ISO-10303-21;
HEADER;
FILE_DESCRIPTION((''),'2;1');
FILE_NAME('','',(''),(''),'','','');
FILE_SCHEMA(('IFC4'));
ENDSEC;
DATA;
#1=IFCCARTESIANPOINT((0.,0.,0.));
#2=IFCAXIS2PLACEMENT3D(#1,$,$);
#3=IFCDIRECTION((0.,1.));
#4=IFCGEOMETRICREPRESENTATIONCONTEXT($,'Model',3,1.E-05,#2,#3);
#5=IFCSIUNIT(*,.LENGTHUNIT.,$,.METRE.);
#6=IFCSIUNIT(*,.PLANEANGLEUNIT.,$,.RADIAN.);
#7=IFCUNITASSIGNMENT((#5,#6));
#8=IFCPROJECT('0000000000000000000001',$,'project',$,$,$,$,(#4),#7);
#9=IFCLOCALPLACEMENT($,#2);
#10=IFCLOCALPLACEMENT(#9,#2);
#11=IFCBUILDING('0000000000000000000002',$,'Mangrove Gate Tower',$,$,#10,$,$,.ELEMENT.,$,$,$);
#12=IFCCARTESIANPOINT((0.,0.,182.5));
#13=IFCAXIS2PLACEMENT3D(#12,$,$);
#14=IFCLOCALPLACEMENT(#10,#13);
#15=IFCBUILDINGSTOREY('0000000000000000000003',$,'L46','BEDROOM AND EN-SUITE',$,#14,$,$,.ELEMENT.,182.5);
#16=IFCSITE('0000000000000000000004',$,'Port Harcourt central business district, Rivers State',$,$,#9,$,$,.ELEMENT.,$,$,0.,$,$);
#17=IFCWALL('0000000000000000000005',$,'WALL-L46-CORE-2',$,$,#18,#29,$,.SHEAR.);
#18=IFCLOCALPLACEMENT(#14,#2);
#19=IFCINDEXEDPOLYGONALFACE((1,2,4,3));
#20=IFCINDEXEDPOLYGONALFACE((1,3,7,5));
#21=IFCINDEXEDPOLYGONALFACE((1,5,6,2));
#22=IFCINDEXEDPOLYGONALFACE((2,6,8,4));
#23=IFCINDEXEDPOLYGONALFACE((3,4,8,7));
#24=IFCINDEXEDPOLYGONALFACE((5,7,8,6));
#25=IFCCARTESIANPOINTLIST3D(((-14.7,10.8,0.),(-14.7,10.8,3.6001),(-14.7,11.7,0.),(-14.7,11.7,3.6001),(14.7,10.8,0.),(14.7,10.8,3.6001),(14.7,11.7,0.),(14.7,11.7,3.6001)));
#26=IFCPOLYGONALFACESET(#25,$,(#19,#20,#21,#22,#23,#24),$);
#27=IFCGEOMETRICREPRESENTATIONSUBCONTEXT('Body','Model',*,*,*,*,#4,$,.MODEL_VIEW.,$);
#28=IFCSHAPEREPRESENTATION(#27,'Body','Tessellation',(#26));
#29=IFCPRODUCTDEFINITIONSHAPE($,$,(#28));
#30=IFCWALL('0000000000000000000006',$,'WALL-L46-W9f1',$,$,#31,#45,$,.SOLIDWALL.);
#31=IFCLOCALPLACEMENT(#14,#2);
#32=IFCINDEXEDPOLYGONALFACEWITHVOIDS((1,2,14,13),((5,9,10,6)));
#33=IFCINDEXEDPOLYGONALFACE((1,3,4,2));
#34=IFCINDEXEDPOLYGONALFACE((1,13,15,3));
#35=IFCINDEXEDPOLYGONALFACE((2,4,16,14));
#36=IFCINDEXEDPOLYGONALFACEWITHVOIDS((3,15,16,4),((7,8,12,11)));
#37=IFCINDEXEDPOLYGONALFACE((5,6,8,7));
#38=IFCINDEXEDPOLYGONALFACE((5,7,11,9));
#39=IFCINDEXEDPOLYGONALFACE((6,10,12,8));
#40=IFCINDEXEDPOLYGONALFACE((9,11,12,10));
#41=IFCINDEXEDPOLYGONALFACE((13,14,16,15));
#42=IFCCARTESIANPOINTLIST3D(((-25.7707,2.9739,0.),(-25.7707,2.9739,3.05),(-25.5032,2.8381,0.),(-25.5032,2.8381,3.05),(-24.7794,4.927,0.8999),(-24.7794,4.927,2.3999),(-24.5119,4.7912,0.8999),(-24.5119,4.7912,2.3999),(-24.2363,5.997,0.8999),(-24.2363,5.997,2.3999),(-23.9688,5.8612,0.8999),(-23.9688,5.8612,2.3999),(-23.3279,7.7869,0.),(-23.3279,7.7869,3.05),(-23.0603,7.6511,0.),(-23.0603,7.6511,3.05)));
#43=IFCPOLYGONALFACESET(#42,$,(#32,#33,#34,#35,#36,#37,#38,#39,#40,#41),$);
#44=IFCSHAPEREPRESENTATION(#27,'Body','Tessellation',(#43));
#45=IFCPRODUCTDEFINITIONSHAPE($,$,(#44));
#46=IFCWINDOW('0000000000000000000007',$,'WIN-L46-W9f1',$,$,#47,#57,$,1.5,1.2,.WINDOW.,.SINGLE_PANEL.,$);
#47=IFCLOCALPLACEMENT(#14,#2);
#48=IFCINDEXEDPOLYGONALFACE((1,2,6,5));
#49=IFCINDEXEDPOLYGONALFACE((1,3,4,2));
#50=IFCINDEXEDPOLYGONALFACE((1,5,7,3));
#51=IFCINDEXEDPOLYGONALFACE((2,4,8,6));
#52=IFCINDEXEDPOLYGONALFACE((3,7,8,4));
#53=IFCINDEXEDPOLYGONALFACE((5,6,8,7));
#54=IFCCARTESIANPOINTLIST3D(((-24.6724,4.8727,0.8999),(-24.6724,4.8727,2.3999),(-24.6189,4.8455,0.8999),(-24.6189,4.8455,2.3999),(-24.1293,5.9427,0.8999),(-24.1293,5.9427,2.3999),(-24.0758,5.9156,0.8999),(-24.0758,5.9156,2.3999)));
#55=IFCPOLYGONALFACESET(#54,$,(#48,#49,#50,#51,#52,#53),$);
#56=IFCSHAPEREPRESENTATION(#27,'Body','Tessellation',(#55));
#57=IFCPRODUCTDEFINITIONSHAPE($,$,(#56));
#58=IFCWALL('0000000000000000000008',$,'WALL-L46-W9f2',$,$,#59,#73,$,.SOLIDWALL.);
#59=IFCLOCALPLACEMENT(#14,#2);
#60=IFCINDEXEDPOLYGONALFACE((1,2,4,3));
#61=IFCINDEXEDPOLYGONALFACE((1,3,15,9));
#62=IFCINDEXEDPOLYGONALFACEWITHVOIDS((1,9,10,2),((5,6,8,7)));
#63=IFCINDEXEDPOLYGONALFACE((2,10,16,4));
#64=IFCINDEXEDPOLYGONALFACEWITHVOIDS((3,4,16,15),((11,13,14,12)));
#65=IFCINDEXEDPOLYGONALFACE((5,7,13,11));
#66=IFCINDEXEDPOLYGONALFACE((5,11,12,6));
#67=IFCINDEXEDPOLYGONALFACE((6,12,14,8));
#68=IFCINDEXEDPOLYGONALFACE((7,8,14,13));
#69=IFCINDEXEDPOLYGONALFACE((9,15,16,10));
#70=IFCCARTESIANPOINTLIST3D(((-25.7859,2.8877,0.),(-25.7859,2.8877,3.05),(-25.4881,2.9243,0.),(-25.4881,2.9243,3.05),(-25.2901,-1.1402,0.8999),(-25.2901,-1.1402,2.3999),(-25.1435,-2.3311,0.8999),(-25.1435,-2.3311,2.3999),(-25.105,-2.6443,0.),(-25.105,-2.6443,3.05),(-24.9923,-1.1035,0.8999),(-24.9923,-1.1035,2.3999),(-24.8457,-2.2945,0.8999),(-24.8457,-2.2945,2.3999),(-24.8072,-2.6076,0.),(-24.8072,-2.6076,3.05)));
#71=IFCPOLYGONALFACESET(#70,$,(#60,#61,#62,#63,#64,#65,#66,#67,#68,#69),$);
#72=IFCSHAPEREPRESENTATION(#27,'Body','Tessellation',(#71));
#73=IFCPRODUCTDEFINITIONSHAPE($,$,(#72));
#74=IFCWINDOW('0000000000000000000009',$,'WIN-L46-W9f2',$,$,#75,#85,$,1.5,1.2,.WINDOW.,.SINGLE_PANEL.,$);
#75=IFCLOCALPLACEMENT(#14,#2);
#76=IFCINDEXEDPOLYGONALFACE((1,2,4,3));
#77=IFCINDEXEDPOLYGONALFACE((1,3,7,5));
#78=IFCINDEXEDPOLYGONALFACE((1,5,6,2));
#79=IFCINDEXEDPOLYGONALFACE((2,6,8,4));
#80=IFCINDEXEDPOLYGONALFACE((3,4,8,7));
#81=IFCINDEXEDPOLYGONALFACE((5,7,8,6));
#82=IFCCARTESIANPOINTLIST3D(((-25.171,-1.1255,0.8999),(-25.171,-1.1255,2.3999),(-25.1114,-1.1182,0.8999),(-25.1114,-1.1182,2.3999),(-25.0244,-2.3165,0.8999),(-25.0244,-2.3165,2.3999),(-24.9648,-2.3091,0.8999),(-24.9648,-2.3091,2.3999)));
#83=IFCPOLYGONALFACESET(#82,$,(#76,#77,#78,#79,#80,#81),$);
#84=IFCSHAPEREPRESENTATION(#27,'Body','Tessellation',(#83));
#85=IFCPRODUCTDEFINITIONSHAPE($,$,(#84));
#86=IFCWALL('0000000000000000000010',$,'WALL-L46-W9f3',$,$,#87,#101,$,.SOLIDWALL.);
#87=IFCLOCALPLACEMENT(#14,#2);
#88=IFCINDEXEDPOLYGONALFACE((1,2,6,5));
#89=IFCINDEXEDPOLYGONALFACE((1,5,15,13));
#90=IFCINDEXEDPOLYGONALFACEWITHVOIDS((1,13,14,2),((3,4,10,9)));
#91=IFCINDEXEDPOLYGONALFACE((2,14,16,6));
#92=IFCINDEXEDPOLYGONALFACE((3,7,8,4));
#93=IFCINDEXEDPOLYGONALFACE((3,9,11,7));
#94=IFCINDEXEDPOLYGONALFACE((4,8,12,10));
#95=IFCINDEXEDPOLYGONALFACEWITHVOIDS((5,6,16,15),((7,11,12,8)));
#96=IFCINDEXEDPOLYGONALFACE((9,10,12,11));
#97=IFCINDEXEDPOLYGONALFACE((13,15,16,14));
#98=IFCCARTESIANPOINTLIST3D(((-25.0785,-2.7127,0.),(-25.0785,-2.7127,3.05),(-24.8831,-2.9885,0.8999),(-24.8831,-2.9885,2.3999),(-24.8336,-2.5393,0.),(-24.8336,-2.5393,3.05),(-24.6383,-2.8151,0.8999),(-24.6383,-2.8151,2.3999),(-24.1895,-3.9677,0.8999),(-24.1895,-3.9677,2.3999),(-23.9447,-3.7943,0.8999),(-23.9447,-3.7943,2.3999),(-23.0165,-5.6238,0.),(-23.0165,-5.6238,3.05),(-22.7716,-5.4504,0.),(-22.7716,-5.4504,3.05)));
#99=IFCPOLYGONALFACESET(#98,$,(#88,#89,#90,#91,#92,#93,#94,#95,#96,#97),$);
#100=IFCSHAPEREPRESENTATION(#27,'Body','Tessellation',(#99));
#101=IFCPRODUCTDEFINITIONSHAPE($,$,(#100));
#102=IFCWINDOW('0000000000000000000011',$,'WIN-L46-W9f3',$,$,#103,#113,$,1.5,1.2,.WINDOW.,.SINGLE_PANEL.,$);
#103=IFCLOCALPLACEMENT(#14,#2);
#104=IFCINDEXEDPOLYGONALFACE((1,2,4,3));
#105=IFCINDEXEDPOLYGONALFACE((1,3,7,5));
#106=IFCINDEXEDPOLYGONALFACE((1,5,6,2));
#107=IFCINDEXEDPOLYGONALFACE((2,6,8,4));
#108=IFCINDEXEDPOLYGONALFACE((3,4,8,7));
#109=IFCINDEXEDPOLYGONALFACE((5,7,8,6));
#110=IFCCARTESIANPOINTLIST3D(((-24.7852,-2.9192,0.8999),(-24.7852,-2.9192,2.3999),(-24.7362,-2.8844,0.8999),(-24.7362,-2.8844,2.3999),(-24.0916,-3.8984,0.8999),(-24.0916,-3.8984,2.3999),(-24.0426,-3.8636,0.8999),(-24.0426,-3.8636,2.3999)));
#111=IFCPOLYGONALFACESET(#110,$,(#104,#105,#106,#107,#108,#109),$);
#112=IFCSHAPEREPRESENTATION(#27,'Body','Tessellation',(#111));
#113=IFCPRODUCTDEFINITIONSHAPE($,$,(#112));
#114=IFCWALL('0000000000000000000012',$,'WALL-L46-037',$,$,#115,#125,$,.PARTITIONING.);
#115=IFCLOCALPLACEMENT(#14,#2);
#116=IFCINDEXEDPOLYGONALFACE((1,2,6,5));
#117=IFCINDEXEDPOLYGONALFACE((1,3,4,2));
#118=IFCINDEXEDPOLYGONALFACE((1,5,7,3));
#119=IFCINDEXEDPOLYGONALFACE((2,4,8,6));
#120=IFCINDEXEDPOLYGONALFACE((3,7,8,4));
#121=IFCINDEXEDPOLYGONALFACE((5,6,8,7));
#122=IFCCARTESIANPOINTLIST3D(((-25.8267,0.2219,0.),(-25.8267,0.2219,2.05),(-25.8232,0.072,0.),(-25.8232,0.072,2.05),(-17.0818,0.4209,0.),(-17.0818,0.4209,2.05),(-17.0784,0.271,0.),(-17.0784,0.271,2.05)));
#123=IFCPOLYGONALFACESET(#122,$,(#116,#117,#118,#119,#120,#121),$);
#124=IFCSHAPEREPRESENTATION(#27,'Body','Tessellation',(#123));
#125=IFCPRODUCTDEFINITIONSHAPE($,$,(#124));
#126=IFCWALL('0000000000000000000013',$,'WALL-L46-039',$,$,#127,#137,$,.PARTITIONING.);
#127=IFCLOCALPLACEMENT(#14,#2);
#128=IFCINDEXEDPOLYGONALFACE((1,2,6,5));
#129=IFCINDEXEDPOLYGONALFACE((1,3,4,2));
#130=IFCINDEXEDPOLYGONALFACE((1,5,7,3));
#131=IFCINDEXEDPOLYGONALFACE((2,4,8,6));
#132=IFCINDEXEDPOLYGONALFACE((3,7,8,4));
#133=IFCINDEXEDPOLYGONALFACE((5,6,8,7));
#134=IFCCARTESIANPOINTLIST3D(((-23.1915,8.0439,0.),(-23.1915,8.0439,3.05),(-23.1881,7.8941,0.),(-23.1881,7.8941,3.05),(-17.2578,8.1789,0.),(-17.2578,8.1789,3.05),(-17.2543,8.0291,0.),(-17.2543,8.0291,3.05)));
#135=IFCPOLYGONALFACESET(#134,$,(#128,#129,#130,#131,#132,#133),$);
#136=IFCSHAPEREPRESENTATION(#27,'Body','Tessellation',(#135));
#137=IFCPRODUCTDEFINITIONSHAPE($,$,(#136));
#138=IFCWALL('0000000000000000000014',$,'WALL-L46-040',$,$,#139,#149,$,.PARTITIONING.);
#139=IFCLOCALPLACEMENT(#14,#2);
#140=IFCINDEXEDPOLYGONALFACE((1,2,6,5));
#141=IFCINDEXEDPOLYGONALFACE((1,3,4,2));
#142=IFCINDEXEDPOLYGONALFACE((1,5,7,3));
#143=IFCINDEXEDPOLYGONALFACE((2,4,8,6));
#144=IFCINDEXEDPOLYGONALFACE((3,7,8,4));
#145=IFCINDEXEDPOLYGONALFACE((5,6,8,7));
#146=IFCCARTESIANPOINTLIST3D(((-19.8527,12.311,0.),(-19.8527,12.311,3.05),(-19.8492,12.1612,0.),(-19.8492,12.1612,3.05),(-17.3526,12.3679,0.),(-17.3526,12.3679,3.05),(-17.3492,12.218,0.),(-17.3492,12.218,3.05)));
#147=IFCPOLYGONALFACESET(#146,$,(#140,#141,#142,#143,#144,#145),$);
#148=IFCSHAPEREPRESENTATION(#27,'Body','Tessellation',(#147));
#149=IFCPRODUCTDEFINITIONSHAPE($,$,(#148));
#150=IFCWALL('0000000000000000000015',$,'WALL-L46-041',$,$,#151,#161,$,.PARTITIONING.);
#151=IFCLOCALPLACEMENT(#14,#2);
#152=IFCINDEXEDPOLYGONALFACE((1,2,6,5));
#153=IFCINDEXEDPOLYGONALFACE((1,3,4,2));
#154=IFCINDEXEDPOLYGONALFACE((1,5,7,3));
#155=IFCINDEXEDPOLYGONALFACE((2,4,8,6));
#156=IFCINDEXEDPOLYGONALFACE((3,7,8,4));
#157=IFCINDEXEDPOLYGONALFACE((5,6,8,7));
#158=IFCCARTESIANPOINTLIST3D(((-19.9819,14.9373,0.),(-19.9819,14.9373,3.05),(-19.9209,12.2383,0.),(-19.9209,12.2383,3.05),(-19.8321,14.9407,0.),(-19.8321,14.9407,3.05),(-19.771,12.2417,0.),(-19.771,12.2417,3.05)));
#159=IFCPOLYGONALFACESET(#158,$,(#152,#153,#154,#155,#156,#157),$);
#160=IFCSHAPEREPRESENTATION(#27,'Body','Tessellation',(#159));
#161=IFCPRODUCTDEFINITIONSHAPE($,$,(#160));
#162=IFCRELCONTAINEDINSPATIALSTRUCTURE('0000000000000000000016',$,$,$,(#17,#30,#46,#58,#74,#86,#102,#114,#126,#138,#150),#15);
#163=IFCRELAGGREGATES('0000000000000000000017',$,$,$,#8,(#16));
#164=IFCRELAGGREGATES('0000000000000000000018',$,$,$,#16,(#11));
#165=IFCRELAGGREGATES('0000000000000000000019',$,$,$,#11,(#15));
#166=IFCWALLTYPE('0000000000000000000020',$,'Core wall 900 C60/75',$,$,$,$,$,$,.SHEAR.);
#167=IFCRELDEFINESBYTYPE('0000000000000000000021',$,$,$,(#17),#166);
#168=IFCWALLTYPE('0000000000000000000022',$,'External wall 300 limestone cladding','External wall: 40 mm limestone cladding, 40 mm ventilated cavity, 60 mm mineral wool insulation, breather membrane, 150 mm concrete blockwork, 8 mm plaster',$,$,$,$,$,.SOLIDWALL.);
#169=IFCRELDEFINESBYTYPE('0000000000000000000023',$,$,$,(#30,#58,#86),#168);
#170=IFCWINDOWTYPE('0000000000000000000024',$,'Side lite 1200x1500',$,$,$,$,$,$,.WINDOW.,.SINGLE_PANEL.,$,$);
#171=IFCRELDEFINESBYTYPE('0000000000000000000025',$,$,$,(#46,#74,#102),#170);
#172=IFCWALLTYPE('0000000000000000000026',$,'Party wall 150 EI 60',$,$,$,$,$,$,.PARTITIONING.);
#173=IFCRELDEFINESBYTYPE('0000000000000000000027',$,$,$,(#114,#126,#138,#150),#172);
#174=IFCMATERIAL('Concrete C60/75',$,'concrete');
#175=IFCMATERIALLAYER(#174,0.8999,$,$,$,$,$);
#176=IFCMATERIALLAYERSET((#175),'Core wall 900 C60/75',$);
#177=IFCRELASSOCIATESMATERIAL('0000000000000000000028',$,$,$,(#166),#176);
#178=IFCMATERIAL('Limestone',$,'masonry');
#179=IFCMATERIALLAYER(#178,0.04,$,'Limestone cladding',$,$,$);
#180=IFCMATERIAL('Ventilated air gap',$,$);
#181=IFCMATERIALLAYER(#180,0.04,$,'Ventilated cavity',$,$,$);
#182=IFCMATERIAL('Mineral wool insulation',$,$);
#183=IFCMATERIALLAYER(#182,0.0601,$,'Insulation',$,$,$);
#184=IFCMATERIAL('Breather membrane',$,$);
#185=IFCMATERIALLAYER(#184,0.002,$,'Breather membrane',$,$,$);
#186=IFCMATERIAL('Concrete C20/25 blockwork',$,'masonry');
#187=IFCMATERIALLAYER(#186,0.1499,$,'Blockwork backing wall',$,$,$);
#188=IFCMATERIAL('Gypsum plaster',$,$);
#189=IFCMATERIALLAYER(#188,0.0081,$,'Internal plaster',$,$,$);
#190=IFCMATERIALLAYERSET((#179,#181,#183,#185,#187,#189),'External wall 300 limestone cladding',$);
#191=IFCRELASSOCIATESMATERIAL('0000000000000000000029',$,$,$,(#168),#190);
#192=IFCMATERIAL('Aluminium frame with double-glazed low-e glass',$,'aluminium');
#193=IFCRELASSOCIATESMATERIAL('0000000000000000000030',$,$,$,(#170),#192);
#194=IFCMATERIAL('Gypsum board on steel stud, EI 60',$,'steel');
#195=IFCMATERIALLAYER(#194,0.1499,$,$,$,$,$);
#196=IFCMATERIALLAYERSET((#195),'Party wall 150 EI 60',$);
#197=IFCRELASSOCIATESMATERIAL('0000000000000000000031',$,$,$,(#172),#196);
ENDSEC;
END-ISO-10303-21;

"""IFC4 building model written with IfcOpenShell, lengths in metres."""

from ifc_helpers import new_model, si_unit, direction, frame, frame_2d, origin, place, context, subcontext, project, spatial, rectangle, extrude, material, layer, layer_set, type_object, element, fill, save


model = new_model("IFC4")

# Units and contexts
model_context = context("Model", 3, precision=1e-05, world=origin(), true_north=direction((0.0, 1.0)))
body_context = subcontext(model_context, "Body", "Model", "MODEL_VIEW")
ifc_project = project(units=[si_unit("LENGTHUNIT", "METRE"), si_unit("PLANEANGLEUNIT", "RADIAN")], contexts=[model_context])

# Site, building, storey
site_placement = place(None, origin())
site = spatial("IfcSite", under=ifc_project, at=site_placement, Name="Port Harcourt central business district, Rivers State", CompositionType="ELEMENT", RefElevation=0.0)
building_placement = place(site_placement, origin())
building = spatial("IfcBuilding", under=site, at=building_placement, Name="Mangrove Gate Tower", CompositionType="ELEMENT")
storey_placement = place(building_placement, frame((0.0, 0.0, 182.5)))
storey = spatial("IfcBuildingStorey", under=building, at=storey_placement, Name="L46", Description="BEDROOM AND EN-SUITE", CompositionType="ELEMENT", Elevation=182.5)

# Wall
ifc_material_1 = material(Name="Concrete C60/75", Category="concrete")
ifc_layer_1 = layer(ifc_material_1, 0.8999)
ifc_layer_set_1 = layer_set([ifc_layer_1], Name="Core wall 900 C60/75")
wall_type_1 = type_object("IfcWallType", Name="Core wall 900 C60/75", PredefinedType="SHEAR", material=ifc_layer_set_1)
wall_1_placement = place(storey_placement, frame((-14.7, 11.25, 0.0), z_axis=(0.0, 0.0, 1.0), x_axis=(1.0, 0.0, 0.0)))
element("IfcWall", 1, at=wall_1_placement, inside=storey, type_object=wall_type_1, Name="WALL-L46-CORE-2", PredefinedType="SHEAR", context=body_context, shape_type="SweptSolid", body=[
    extrude(rectangle(XDim=29.3999, YDim=0.8999, at=frame_2d((14.7, 0.0))), origin(), (0.0, 0.0, 1.0), 3.6001),
])

# Walls, openings, windows
ifc_material_2 = material(Name="Limestone", Category="masonry")
ifc_layer_2 = layer(ifc_material_2, 0.04, Name="Limestone cladding")
ifc_material_3 = material(Name="Ventilated air gap")
ifc_layer_3 = layer(ifc_material_3, 0.04, Name="Ventilated cavity")
ifc_material_4 = material(Name="Mineral wool insulation")
ifc_layer_4 = layer(ifc_material_4, 0.0601, Name="Insulation")
ifc_material_5 = material(Name="Breather membrane")
ifc_layer_5 = layer(ifc_material_5, 0.002, Name="Breather membrane")
ifc_material_6 = material(Name="Concrete C20/25 blockwork", Category="masonry")
ifc_layer_6 = layer(ifc_material_6, 0.1499, Name="Blockwork backing wall")
ifc_material_7 = material(Name="Gypsum plaster")
ifc_layer_7 = layer(ifc_material_7, 0.0081, Name="Internal plaster")
ifc_layer_set_2 = layer_set([ifc_layer_2, ifc_layer_3, ifc_layer_4, ifc_layer_5, ifc_layer_6, ifc_layer_7], Name="External wall 300 limestone cladding")
wall_type_2 = type_object("IfcWallType", Name="External wall 300 limestone cladding", Description="External wall: 40 mm limestone cladding, 40 mm ventilated cavity, 60 mm mineral wool insulation, breather membrane, 150 mm concrete blockwork, 8 mm plaster", PredefinedType="SOLIDWALL", material=ifc_layer_set_2)
wall_2_placement = place(storey_placement, frame((-23.1941, 7.719, 0.0), z_axis=(0.0, 0.0, 1.0), x_axis=(-0.452597, -0.891715, 0.0)))
wall_2 = element("IfcWall", 2, at=wall_2_placement, inside=storey, type_object=wall_type_2, Name="WALL-L46-W9f1", PredefinedType="SOLIDWALL", context=body_context, shape_type="SweptSolid", body=[
    extrude(rectangle(XDim=5.3975, YDim=0.3, at=frame_2d((2.6987, 0.0))), origin(), (0.0, 0.0, 1.0), 3.05),
])
opening_1_placement = place(wall_2_placement, frame((2.0071, 0.0, 0.8999)))
opening_1 = element("IfcOpeningElement", 3, at=opening_1_placement, cuts=wall_2, PredefinedType="OPENING", context=body_context, shape_type="SweptSolid", body=[
    extrude(rectangle(XDim=1.2, YDim=1.5, at=frame_2d((0.6001, 0.75))), frame((0.0, 0.1599, 0.0), z_axis=(0.0, -1.0, 0.0), x_axis=(1.0, 0.0, 0.0)), (0.0, 0.0, 1.0), 0.3201),
])
ifc_material_8 = material(Name="Aluminium frame with double-glazed low-e glass", Category="aluminium")
window_type = type_object("IfcWindowType", Name="Side lite 1200x1500", PartitioningType="SINGLE_PANEL", PredefinedType="WINDOW", material=ifc_material_8)
window_1_placement = place(opening_1_placement, origin())
window_1 = element("IfcWindow", 4, at=window_1_placement, inside=storey, type_object=window_type, Name="WIN-L46-W9f1", OverallHeight=1.5, OverallWidth=1.2, PartitioningType="SINGLE_PANEL", PredefinedType="WINDOW", context=body_context, shape_type="SweptSolid", body=[
    extrude(rectangle(XDim=1.2, YDim=1.5, at=frame_2d((0.6001, 0.75))), frame((0.0, 0.03, 0.0), z_axis=(0.0, -1.0, 0.0), x_axis=(1.0, 0.0, 0.0)), (0.0, 0.0, 1.0), 0.0601),
])
fill(opening_1, window_1)
wall_3_placement = place(storey_placement, frame((-25.637, 2.906, 0.0), z_axis=(0.0, 0.0, 1.0), x_axis=(0.122164, -0.99251, 0.0)))
wall_3 = element("IfcWall", 5, at=wall_3_placement, inside=storey, type_object=wall_type_2, Name="WALL-L46-W9f2", PredefinedType="SOLIDWALL", context=body_context, shape_type="SweptSolid", body=[
    extrude(rectangle(XDim=5.5737, YDim=0.3, at=frame_2d((2.7869, 0.0))), origin(), (0.0, 0.0, 1.0), 3.05),
])
opening_2_placement = place(wall_3_placement, frame((4.0581, 0.0, 0.8999)))
opening_2 = element("IfcOpeningElement", 6, at=opening_2_placement, cuts=wall_3, PredefinedType="OPENING", context=body_context, shape_type="SweptSolid", body=[
    extrude(rectangle(XDim=1.2, YDim=1.5, at=frame_2d((0.6001, 0.75))), frame((0.0, 0.1599, 0.0), z_axis=(0.0, -1.0, 0.0), x_axis=(1.0, 0.0, 0.0)), (0.0, 0.0, 1.0), 0.3201),
])
window_2_placement = place(opening_2_placement, origin())
window_2 = element("IfcWindow", 7, at=window_2_placement, inside=storey, type_object=window_type, Name="WIN-L46-W9f2", OverallHeight=1.5, OverallWidth=1.2, PartitioningType="SINGLE_PANEL", PredefinedType="WINDOW", context=body_context, shape_type="SweptSolid", body=[
    extrude(rectangle(XDim=1.2, YDim=1.5, at=frame_2d((0.6001, 0.75))), frame((0.0, 0.03, 0.0), z_axis=(0.0, -1.0, 0.0), x_axis=(1.0, 0.0, 0.0)), (0.0, 0.0, 1.0), 0.0601),
])
fill(opening_2, window_2)
wall_4_placement = place(storey_placement, frame((-24.9561, -2.626, 0.0), z_axis=(0.0, 0.0, 1.0), x_axis=(0.57801, -0.81603, 0.0)))
wall_4 = element("IfcWall", 8, at=wall_4_placement, inside=storey, type_object=wall_type_2, Name="WALL-L46-W9f3", PredefinedType="SOLIDWALL", context=body_context, shape_type="SweptSolid", body=[
    extrude(rectangle(XDim=3.5674, YDim=0.3, at=frame_2d((1.7837, 0.0))), origin(), (0.0, 0.0, 1.0), 3.05),
])
opening_3_placement = place(wall_4_placement, frame((0.3379, 0.0, 0.8999)))
opening_3 = element("IfcOpeningElement", 9, at=opening_3_placement, cuts=wall_4, PredefinedType="OPENING", context=body_context, shape_type="SweptSolid", body=[
    extrude(rectangle(XDim=1.2, YDim=1.5, at=frame_2d((0.6001, 0.75))), frame((0.0, 0.1599, 0.0), z_axis=(0.0, -1.0, 0.0), x_axis=(1.0, 0.0, 0.0)), (0.0, 0.0, 1.0), 0.3201),
])
window_3_placement = place(opening_3_placement, origin())
window_3 = element("IfcWindow", 10, at=window_3_placement, inside=storey, type_object=window_type, Name="WIN-L46-W9f3", OverallHeight=1.5, OverallWidth=1.2, PartitioningType="SINGLE_PANEL", PredefinedType="WINDOW", context=body_context, shape_type="SweptSolid", body=[
    extrude(rectangle(XDim=1.2, YDim=1.5, at=frame_2d((0.6001, 0.75))), frame((0.0, 0.03, 0.0), z_axis=(0.0, -1.0, 0.0), x_axis=(1.0, 0.0, 0.0)), (0.0, 0.0, 1.0), 0.0601),
])
fill(opening_3, window_3)

# Walls
ifc_material_9 = material(Name="Gypsum board on steel stud, EI 60", Category="steel")
ifc_layer_8 = layer(ifc_material_9, 0.1499)
ifc_layer_set_3 = layer_set([ifc_layer_8], Name="Party wall 150 EI 60")
wall_type_3 = type_object("IfcWallType", Name="Party wall 150 EI 60", PredefinedType="PARTITIONING", material=ifc_layer_set_3)
wall_5_placement = place(storey_placement, frame((-25.825, 0.147, 0.0), z_axis=(0.0, 0.0, 1.0), x_axis=(0.999741, 0.022747, 0.0)))
element("IfcWall", 11, at=wall_5_placement, inside=storey, type_object=wall_type_3, Name="WALL-L46-037", PredefinedType="PARTITIONING", context=body_context, shape_type="SweptSolid", body=[
    extrude(rectangle(XDim=8.7471, YDim=0.1499, at=frame_2d((4.3735, 0.0))), origin(), (0.0, 0.0, 1.0), 2.05),
])
wall_6_placement = place(storey_placement, frame((-23.1899, 7.969, 0.0), z_axis=(0.0, 0.0, 1.0), x_axis=(0.999741, 0.022747, 0.0)))
element("IfcWall", 12, at=wall_6_placement, inside=storey, type_object=wall_type_3, Name="WALL-L46-039", PredefinedType="PARTITIONING", context=body_context, shape_type="SweptSolid", body=[
    extrude(rectangle(XDim=5.9353, YDim=0.1499, at=frame_2d((2.9678, 0.0))), origin(), (0.0, 0.0, 1.0), 3.05),
])
wall_7_placement = place(storey_placement, frame((-19.8511, 12.2361, 0.0), z_axis=(0.0, 0.0, 1.0), x_axis=(0.999741, 0.022748, 0.0)))
element("IfcWall", 13, at=wall_7_placement, inside=storey, type_object=wall_type_3, Name="WALL-L46-040", PredefinedType="PARTITIONING", context=body_context, shape_type="SweptSolid", body=[
    extrude(rectangle(XDim=2.5007, YDim=0.1499, at=frame_2d((1.2505, 0.0))), origin(), (0.0, 0.0, 1.0), 3.05),
])
wall_8_placement = place(storey_placement, frame((-19.8459, 12.24, 0.0), z_axis=(0.0, 0.0, 1.0), x_axis=(-0.022608, 0.999744, 0.0)))
element("IfcWall", 14, at=wall_8_placement, inside=storey, type_object=wall_type_3, Name="WALL-L46-041", PredefinedType="PARTITIONING", context=body_context, shape_type="SweptSolid", body=[
    extrude(rectangle(XDim=2.6997, YDim=0.1499, at=frame_2d((1.3499, 0.0))), origin(), (0.0, 0.0, 1.0), 3.05),
])

save(model, "model.ifc")
